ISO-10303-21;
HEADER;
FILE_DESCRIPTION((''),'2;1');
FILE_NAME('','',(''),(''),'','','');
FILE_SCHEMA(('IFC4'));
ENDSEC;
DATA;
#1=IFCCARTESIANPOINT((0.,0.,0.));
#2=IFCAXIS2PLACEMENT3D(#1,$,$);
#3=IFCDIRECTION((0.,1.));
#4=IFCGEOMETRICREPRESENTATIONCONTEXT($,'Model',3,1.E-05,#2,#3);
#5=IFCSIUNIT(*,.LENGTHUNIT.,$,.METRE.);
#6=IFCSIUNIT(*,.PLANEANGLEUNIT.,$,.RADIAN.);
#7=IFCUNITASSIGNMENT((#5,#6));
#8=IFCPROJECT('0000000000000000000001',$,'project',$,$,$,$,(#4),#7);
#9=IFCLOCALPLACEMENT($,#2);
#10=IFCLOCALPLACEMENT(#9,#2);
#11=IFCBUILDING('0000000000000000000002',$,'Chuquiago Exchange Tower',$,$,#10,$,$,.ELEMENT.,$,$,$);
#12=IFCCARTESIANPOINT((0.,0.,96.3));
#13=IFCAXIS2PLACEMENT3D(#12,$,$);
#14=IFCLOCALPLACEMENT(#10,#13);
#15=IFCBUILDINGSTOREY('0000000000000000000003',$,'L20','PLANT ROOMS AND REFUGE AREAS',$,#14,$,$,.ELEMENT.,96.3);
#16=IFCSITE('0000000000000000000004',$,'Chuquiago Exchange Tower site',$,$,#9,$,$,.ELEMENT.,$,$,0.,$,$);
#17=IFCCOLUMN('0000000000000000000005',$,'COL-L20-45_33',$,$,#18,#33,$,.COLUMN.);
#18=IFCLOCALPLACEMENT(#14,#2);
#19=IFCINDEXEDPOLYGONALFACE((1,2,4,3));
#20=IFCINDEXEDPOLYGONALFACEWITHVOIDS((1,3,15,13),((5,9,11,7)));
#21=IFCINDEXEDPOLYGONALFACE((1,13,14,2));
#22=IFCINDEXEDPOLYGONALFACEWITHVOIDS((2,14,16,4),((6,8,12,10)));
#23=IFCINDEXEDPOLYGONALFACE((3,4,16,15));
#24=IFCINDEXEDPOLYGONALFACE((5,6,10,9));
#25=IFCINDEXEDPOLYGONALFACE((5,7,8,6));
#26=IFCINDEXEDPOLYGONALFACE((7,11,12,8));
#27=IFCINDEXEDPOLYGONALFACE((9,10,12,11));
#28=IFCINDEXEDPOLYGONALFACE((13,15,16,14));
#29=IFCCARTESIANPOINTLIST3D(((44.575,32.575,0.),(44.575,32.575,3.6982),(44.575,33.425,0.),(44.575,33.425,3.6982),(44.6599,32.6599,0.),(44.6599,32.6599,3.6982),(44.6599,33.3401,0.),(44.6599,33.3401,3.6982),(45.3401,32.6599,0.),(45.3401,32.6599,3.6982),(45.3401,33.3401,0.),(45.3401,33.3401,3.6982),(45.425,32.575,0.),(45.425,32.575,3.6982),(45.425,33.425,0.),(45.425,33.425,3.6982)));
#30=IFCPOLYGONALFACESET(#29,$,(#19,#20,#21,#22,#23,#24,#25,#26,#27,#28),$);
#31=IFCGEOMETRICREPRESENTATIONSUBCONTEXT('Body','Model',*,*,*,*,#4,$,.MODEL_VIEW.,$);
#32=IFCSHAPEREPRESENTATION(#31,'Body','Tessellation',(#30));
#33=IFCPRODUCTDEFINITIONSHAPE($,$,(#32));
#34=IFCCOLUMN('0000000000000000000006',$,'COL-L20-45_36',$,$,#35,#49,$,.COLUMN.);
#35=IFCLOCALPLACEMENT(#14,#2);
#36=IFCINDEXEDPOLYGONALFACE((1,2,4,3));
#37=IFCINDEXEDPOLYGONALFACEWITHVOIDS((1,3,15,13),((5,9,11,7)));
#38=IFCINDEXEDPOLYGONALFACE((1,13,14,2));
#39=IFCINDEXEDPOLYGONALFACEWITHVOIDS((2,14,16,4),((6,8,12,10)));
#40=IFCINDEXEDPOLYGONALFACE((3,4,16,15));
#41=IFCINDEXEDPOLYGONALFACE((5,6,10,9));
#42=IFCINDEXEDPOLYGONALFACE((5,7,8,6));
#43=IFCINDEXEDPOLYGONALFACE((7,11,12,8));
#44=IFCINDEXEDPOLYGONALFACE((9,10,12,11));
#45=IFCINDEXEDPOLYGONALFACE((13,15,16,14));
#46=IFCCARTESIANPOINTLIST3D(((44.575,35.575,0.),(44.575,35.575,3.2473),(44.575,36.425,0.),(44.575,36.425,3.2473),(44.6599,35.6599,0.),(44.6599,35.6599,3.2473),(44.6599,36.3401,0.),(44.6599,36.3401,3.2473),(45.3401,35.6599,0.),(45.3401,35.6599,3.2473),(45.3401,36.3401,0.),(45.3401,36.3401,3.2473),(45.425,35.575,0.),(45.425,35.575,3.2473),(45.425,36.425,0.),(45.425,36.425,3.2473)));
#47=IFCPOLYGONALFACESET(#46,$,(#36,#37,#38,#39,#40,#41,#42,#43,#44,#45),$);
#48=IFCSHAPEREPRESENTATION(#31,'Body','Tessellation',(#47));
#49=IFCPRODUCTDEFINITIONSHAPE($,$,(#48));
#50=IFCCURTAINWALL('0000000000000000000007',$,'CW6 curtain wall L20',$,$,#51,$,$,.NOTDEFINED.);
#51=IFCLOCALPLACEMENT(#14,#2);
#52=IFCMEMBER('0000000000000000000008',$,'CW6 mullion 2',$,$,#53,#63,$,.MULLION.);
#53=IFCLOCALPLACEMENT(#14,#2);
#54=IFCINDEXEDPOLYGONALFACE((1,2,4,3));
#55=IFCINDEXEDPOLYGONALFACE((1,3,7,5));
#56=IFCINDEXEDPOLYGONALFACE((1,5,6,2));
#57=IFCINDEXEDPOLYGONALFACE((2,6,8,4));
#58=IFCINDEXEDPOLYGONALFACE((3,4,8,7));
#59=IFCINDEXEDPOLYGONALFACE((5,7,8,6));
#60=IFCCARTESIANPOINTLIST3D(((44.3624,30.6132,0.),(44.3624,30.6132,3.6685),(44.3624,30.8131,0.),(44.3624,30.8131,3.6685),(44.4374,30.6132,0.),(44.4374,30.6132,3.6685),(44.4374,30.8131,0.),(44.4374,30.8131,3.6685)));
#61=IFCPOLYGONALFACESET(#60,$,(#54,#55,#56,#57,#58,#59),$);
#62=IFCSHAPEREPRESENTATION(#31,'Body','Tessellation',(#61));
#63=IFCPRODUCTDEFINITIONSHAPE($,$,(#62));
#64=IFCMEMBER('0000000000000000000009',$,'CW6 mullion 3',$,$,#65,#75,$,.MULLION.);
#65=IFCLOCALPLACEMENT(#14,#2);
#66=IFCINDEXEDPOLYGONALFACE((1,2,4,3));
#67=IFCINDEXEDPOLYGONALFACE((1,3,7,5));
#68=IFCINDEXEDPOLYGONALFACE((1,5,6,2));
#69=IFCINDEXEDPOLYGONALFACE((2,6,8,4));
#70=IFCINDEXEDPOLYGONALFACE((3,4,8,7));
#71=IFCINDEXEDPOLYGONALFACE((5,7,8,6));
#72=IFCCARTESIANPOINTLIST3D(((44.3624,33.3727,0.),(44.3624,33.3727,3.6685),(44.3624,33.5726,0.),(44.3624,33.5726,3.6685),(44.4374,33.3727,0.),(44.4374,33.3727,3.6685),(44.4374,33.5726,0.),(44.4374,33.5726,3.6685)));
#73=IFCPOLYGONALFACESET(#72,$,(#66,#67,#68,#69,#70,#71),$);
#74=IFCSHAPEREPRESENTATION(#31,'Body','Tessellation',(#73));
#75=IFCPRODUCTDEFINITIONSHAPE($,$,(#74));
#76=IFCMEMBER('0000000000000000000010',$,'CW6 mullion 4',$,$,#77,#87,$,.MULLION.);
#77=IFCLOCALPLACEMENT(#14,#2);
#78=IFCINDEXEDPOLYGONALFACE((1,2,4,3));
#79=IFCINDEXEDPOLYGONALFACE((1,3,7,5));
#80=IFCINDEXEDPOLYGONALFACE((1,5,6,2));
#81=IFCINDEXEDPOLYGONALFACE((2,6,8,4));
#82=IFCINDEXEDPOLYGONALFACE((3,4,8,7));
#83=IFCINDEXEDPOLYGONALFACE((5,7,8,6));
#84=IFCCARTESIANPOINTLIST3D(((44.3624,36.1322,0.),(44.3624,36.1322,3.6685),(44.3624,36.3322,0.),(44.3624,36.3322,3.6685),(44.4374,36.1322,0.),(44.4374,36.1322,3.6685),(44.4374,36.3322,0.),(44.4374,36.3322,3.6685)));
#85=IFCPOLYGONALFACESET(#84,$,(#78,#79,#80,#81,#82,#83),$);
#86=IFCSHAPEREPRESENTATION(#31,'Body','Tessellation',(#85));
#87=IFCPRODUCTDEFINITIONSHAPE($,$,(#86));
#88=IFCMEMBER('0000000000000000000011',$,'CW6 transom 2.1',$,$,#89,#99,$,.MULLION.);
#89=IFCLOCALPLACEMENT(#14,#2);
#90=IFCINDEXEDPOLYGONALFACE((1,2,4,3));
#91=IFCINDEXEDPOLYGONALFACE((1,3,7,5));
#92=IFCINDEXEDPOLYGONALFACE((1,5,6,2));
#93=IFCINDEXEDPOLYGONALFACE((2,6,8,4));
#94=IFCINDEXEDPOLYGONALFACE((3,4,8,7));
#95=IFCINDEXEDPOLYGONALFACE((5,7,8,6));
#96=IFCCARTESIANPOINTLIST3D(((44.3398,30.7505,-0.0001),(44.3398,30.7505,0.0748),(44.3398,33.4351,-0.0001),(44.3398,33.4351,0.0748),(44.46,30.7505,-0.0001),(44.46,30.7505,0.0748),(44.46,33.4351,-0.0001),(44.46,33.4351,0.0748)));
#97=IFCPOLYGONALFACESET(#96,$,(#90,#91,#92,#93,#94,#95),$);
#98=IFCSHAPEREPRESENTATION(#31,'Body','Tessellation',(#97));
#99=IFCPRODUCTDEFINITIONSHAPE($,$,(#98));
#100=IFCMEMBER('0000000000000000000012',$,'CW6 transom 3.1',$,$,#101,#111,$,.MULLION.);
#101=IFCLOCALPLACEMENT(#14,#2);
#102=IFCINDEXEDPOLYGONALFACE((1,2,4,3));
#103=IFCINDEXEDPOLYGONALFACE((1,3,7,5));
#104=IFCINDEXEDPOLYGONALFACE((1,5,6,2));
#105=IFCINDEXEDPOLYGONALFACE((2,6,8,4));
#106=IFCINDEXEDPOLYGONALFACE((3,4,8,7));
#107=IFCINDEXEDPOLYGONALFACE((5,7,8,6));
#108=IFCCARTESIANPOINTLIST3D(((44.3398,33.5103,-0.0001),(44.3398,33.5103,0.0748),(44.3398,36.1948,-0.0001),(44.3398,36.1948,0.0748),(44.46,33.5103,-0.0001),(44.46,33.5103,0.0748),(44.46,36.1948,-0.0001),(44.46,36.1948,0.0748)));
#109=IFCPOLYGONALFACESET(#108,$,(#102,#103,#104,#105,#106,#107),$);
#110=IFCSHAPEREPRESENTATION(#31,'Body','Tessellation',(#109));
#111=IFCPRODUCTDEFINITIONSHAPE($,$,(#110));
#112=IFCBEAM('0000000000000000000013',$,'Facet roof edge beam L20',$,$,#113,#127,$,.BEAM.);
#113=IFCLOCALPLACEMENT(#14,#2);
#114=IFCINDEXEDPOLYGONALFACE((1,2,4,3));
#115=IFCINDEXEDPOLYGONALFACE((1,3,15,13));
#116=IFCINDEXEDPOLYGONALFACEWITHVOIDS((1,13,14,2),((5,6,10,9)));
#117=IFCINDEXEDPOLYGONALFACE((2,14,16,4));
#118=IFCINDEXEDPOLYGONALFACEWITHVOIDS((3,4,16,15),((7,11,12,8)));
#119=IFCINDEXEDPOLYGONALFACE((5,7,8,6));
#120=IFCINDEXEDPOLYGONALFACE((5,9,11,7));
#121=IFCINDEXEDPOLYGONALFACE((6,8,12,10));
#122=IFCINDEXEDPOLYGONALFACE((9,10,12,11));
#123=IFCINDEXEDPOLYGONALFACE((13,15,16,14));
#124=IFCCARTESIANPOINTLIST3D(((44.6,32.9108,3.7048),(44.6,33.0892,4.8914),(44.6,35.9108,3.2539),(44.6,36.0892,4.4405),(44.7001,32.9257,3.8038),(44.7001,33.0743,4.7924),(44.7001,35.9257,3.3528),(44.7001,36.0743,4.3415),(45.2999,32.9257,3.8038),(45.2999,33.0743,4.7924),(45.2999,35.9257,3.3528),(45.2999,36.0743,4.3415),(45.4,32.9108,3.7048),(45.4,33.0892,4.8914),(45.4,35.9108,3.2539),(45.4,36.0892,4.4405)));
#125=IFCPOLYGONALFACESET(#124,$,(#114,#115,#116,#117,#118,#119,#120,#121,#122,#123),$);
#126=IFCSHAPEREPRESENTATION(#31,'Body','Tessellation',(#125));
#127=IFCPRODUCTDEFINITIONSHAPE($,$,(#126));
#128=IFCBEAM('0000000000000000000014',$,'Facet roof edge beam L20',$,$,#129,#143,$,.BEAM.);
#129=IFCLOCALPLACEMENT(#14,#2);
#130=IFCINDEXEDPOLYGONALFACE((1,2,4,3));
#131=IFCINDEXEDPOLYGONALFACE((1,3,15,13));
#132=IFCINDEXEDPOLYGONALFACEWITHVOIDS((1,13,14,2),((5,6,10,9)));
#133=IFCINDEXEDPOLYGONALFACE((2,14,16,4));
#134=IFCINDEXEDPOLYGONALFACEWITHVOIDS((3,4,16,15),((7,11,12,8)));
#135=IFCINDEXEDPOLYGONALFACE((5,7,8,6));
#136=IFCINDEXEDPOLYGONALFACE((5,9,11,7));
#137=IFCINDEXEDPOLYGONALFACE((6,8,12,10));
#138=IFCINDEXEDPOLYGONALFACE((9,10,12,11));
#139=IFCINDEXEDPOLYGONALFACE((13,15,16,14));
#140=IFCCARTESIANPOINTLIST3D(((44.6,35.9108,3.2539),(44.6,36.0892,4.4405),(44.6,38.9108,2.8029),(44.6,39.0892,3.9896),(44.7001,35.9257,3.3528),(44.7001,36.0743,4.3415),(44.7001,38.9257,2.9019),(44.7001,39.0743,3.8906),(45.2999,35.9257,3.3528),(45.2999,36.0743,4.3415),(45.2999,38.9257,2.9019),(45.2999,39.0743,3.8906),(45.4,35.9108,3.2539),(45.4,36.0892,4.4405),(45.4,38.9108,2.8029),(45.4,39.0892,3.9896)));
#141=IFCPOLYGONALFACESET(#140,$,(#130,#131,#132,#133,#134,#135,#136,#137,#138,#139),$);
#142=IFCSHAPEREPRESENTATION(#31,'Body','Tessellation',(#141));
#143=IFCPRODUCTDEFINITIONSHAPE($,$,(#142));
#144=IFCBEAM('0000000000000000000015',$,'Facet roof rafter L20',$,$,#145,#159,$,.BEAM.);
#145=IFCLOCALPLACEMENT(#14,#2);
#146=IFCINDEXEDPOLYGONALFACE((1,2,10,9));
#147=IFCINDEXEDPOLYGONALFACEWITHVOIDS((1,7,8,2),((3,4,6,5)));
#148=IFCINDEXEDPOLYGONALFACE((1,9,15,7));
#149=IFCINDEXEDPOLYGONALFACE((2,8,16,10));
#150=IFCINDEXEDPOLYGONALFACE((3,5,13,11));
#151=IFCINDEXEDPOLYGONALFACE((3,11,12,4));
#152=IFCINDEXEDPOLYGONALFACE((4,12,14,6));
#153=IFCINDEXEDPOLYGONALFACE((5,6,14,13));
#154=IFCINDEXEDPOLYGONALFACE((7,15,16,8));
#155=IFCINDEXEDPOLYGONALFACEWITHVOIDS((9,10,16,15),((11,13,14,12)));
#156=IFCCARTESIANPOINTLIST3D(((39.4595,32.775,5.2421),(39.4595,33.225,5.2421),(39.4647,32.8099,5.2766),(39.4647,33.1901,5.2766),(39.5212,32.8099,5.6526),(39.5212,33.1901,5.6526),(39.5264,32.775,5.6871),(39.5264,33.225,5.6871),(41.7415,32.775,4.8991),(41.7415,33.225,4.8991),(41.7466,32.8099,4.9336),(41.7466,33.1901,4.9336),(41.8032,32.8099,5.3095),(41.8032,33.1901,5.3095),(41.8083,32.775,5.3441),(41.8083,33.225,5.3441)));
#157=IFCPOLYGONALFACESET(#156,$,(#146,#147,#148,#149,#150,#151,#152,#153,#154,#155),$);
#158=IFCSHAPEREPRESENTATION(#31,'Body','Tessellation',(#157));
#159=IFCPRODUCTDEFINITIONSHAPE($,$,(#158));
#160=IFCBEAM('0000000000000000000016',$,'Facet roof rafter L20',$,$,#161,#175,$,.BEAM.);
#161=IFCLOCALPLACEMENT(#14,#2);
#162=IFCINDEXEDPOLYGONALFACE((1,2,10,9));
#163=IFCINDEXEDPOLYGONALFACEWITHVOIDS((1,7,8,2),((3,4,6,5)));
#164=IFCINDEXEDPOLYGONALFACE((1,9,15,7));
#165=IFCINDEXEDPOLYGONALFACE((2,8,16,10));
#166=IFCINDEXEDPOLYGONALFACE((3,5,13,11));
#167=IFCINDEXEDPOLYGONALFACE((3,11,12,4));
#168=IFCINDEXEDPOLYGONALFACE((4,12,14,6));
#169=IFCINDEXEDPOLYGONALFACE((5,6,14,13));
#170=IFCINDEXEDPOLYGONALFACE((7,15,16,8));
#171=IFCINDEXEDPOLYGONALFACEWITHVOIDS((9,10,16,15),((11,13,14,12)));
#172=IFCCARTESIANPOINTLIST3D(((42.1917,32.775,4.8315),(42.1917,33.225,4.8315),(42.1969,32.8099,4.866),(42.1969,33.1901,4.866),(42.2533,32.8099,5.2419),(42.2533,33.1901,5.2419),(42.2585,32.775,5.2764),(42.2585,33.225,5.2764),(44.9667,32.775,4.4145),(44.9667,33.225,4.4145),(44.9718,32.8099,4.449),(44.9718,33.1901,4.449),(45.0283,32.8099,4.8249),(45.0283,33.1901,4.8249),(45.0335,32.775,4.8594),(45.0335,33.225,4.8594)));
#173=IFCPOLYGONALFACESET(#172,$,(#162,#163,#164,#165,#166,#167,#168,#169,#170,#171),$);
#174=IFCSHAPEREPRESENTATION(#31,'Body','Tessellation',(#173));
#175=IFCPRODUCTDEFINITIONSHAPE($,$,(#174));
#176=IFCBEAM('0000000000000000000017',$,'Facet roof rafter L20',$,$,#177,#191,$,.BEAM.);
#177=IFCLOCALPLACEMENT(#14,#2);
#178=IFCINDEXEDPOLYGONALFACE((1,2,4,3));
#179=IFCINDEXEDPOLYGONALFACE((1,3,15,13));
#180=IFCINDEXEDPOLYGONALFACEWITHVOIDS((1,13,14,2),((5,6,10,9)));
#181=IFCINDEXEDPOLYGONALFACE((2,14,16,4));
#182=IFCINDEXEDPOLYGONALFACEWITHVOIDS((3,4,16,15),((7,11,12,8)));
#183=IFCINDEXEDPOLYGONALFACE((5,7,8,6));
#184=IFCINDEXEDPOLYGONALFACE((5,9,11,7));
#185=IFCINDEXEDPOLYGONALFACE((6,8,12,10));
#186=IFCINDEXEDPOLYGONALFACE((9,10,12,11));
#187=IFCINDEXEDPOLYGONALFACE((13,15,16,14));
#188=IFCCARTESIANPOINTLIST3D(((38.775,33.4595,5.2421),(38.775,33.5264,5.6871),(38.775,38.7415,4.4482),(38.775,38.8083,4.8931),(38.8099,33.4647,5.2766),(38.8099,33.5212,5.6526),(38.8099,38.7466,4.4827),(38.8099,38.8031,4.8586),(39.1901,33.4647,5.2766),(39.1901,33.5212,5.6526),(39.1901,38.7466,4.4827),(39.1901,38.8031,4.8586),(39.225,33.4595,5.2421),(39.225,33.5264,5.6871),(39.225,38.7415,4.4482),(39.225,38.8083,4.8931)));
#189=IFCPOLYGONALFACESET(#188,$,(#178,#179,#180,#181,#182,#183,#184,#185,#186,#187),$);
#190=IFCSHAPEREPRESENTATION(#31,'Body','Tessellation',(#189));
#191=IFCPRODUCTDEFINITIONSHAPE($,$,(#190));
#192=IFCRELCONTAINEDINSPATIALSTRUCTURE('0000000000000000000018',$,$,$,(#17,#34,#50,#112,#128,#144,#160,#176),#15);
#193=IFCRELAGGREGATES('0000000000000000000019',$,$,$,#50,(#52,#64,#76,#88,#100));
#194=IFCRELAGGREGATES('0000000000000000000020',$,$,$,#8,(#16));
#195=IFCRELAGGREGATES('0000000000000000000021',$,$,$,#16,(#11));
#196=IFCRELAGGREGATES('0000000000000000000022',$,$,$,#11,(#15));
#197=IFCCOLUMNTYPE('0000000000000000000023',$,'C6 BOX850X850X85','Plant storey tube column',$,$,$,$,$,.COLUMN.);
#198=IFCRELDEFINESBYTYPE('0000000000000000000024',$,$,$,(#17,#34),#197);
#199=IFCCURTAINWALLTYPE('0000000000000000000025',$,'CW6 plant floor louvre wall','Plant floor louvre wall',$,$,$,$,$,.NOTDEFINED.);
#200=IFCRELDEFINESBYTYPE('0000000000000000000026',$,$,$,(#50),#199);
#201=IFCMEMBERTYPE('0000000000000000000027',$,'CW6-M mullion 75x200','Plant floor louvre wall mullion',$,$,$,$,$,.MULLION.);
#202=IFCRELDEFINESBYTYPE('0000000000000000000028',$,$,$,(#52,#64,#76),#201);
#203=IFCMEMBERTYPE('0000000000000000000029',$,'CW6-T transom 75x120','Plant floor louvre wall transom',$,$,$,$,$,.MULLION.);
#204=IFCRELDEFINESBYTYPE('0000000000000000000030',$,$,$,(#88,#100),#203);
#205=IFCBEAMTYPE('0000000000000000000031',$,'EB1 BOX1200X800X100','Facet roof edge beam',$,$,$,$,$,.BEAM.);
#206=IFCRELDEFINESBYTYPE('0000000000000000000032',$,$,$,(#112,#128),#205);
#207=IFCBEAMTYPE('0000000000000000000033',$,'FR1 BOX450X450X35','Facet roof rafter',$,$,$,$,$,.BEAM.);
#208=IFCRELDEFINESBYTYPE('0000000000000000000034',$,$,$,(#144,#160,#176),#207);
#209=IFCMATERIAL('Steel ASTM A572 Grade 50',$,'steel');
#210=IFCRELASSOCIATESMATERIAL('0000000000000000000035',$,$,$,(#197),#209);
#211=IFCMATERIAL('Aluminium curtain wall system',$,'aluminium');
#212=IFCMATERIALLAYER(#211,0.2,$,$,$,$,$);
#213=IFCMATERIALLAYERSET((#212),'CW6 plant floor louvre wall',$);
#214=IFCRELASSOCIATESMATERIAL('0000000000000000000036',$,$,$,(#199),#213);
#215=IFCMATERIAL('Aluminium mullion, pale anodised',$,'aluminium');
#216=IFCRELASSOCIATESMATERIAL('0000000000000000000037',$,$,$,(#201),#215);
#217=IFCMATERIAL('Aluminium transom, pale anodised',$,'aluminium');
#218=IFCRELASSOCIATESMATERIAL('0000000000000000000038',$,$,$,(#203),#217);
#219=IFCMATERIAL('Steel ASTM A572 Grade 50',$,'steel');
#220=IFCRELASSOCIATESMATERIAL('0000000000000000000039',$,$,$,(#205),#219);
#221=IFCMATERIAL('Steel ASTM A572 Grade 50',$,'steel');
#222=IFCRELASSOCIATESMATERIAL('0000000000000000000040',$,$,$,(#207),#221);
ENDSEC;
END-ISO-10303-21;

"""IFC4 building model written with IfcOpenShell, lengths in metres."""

from ifc_helpers import new_model, si_unit, direction, frame, origin, origin_2d, place, context, subcontext, project, spatial, rectangle, hollow_rectangle, extrude, material, layer, layer_set, material_profile, profile_set, type_object, element, aggregate, save


model = new_model("IFC4")

# Units and contexts
model_context = context("Model", 3, precision=1e-05, world=origin(), true_north=direction((0.0, 1.0)))
body_context = subcontext(model_context, "Body", "Model", "MODEL_VIEW")
ifc_project = project(units=[si_unit("LENGTHUNIT", "METRE"), si_unit("PLANEANGLEUNIT", "RADIAN")], contexts=[model_context])

# Site, building, storey
site_placement = place(None, origin())
site = spatial("IfcSite", under=ifc_project, at=site_placement, Name="Chuquiago Exchange Tower site", CompositionType="ELEMENT", RefElevation=0.0)
building_placement = place(site_placement, origin())
building = spatial("IfcBuilding", under=site, at=building_placement, Name="Chuquiago Exchange Tower", CompositionType="ELEMENT")
storey_placement = place(building_placement, frame((0.0, 0.0, 96.3)))
storey = spatial("IfcBuildingStorey", under=building, at=storey_placement, Name="L20", Description="PLANT ROOMS AND REFUGE AREAS", CompositionType="ELEMENT", Elevation=96.3)

# Columns
ifc_material_1 = material(Name="Steel ASTM A572 Grade 50", Category="steel")
ifc_material_profile_1 = material_profile(ifc_material_1, hollow_rectangle(XDim=0.8501, YDim=0.8501, WallThickness=0.085, at=origin_2d()), Name="BOX850X850X85")
ifc_profile_set_1 = profile_set([ifc_material_profile_1], Name="Steel ASTM A572 Grade 50")
column_type = type_object("IfcColumnType", Name="C6 BOX850X850X85", Description="Plant storey tube column", PredefinedType="COLUMN", material=ifc_profile_set_1)
column_1_placement = place(storey_placement, frame((45.0, 33.0, 0.0), z_axis=(0.0, 0.0, 1.0), x_axis=(1.0, 0.0, 0.0)))
element("IfcColumn", 1, at=column_1_placement, inside=storey, type_object=column_type, Name="COL-L20-45_33", PredefinedType="COLUMN", context=body_context, shape_type="SweptSolid", body=[
    extrude(hollow_rectangle(XDim=0.8501, YDim=0.8501, WallThickness=0.085, at=origin_2d()), origin(), (0.0, 0.0, 1.0), 3.6982),
])
column_2_placement = place(storey_placement, frame((45.0, 36.0, 0.0), z_axis=(0.0, 0.0, 1.0), x_axis=(1.0, 0.0, 0.0)))
element("IfcColumn", 2, at=column_2_placement, inside=storey, type_object=column_type, Name="COL-L20-45_36", PredefinedType="COLUMN", context=body_context, shape_type="SweptSolid", body=[
    extrude(hollow_rectangle(XDim=0.8501, YDim=0.8501, WallThickness=0.085, at=origin_2d()), origin(), (0.0, 0.0, 1.0), 3.2473),
])

# Curtain wall, members
ifc_material_2 = material(Name="Aluminium curtain wall system", Category="aluminium")
ifc_layer_1 = layer(ifc_material_2, 0.2)
ifc_layer_set_1 = layer_set([ifc_layer_1], Name="CW6 plant floor louvre wall")
curtain_wall_type = type_object("IfcCurtainWallType", Name="CW6 plant floor louvre wall", Description="Plant floor louvre wall", PredefinedType="NOTDEFINED", material=ifc_layer_set_1)
curtain_wall_placement = place(storey_placement, origin())
curtain_wall = element("IfcCurtainWall", 3, at=curtain_wall_placement, inside=storey, type_object=curtain_wall_type, Name="CW6 curtain wall L20", PredefinedType="NOTDEFINED")
ifc_material_3 = material(Name="Aluminium mullion, pale anodised", Category="aluminium")
ifc_material_profile_2 = material_profile(ifc_material_3, rectangle(XDim=0.075, YDim=0.2, at=origin_2d()), Name="AL 75x200")
ifc_profile_set_2 = profile_set([ifc_material_profile_2], Name="Aluminium mullion, pale anodised")
member_type_1 = type_object("IfcMemberType", Name="CW6-M mullion 75x200", Description="Plant floor louvre wall mullion", PredefinedType="MULLION", material=ifc_profile_set_2)
member_1_placement = place(storey_placement, frame((44.3999, 30.7131, 0.0), z_axis=(0.0, 0.0, 1.0), x_axis=(-1.0, 0.0, 0.0)))
member_1 = element("IfcMember", 4, at=member_1_placement, type_object=member_type_1, Name="CW6 mullion 2", PredefinedType="MULLION", context=body_context, shape_type="SweptSolid", body=[
    extrude(rectangle(XDim=0.075, YDim=0.2, at=origin_2d()), origin(), (0.0, 0.0, 1.0), 3.6685),
])
member_2_placement = place(storey_placement, frame((44.3999, 33.4727, 0.0), z_axis=(0.0, 0.0, 1.0), x_axis=(-1.0, 0.0, 0.0)))
member_2 = element("IfcMember", 5, at=member_2_placement, type_object=member_type_1, Name="CW6 mullion 3", PredefinedType="MULLION", context=body_context, shape_type="SweptSolid", body=[
    extrude(rectangle(XDim=0.075, YDim=0.2, at=origin_2d()), origin(), (0.0, 0.0, 1.0), 3.6685),
])
member_3_placement = place(storey_placement, frame((44.3999, 36.2322, 0.0), z_axis=(0.0, 0.0, 1.0), x_axis=(-1.0, 0.0, 0.0)))
member_3 = element("IfcMember", 6, at=member_3_placement, type_object=member_type_1, Name="CW6 mullion 4", PredefinedType="MULLION", context=body_context, shape_type="SweptSolid", body=[
    extrude(rectangle(XDim=0.075, YDim=0.2, at=origin_2d()), origin(), (0.0, 0.0, 1.0), 3.6685),
])
ifc_material_4 = material(Name="Aluminium transom, pale anodised", Category="aluminium")
ifc_material_profile_3 = material_profile(ifc_material_4, rectangle(XDim=0.1201, YDim=0.075, at=origin_2d()), Name="AL 120x75")
ifc_profile_set_3 = profile_set([ifc_material_profile_3], Name="Aluminium transom, pale anodised")
member_type_2 = type_object("IfcMemberType", Name="CW6-T transom 75x120", Description="Plant floor louvre wall transom", PredefinedType="MULLION", material=ifc_profile_set_3)
member_4_placement = place(storey_placement, frame((44.3999, 30.7505, 0.0374), z_axis=(0.0, 1.0, 0.0), x_axis=(-1.0, 0.0, 0.0)))
member_4 = element("IfcMember", 7, at=member_4_placement, type_object=member_type_2, Name="CW6 transom 2.1", PredefinedType="MULLION", context=body_context, shape_type="SweptSolid", body=[
    extrude(rectangle(XDim=0.1201, YDim=0.075, at=origin_2d()), origin(), (0.0, 0.0, 1.0), 2.6846),
])
member_5_placement = place(storey_placement, frame((44.3999, 33.5103, 0.0374), z_axis=(0.0, 1.0, 0.0), x_axis=(-1.0, 0.0, 0.0)))
member_5 = element("IfcMember", 8, at=member_5_placement, type_object=member_type_2, Name="CW6 transom 3.1", PredefinedType="MULLION", context=body_context, shape_type="SweptSolid", body=[
    extrude(rectangle(XDim=0.1201, YDim=0.075, at=origin_2d()), origin(), (0.0, 0.0, 1.0), 2.6846),
])

# Beams
ifc_material_5 = material(Name="Steel ASTM A572 Grade 50", Category="steel")
ifc_material_profile_4 = material_profile(ifc_material_5, hollow_rectangle(XDim=0.8, YDim=1.2, WallThickness=0.1001, at=origin_2d()), Name="BOX1200X800X100")
ifc_profile_set_4 = profile_set([ifc_material_profile_4], Name="Steel ASTM A572 Grade 50")
beam_type_1 = type_object("IfcBeamType", Name="EB1 BOX1200X800X100", Description="Facet roof edge beam", PredefinedType="BEAM", material=ifc_profile_set_4)
for number, where, z_axis, x_axis, name in (
    (9, (45.0, 33.0, 4.2981), (0.0, 0.988891, -0.14864), (-1.0, 0.0, 0.0), "Facet roof edge beam L20"),
    (10, (45.0, 36.0, 3.8472), (0.0, 0.988891, -0.14864), (-1.0, 0.0, 0.0), "Facet roof edge beam L20"),
):
    element("IfcBeam", number, at=place(storey_placement, frame(where, z_axis=z_axis, x_axis=x_axis)), inside=storey, type_object=beam_type_1, Name=name, PredefinedType="BEAM", context=body_context, shape_type="SweptSolid", body=[
        extrude(hollow_rectangle(XDim=0.8, YDim=1.2, WallThickness=0.1001, at=origin_2d()), origin(), (0.0, 0.0, 1.0), 3.0337),
    ])
ifc_material_6 = material(Name="Steel ASTM A572 Grade 50", Category="steel")
ifc_material_profile_5 = material_profile(ifc_material_6, hollow_rectangle(XDim=0.45, YDim=0.45, WallThickness=0.0349, at=origin_2d()), Name="BOX450X450X35")
ifc_profile_set_5 = profile_set([ifc_material_profile_5], Name="Steel ASTM A572 Grade 50")
beam_type_2 = type_object("IfcBeamType", Name="FR1 BOX450X450X35", Description="Facet roof rafter", PredefinedType="BEAM", material=ifc_profile_set_5)
beam_1_placement = place(storey_placement, frame((39.4929, 33.0, 5.4646), z_axis=(0.988891, 0.0, -0.148646), x_axis=(0.0, 1.0, 0.0)))
element("IfcBeam", 11, at=beam_1_placement, inside=storey, type_object=beam_type_2, Name="Facet roof rafter L20", PredefinedType="BEAM", context=body_context, shape_type="SweptSolid", body=[
    extrude(hollow_rectangle(XDim=0.45, YDim=0.45, WallThickness=0.0349, at=origin_2d()), origin(), (0.0, 0.0, 1.0), 2.3076),
])
beam_2_placement = place(storey_placement, frame((42.2251, 33.0, 5.054), z_axis=(0.988897, 0.0, -0.148604), x_axis=(0.0, 1.0, 0.0)))
element("IfcBeam", 12, at=beam_2_placement, inside=storey, type_object=beam_type_2, Name="Facet roof rafter L20", PredefinedType="BEAM", context=body_context, shape_type="SweptSolid", body=[
    extrude(hollow_rectangle(XDim=0.45, YDim=0.45, WallThickness=0.0349, at=origin_2d()), origin(), (0.0, 0.0, 1.0), 2.8062),
])
beam_3_placement = place(storey_placement, frame((39.0, 33.4929, 5.4646), z_axis=(0.0, 0.988891, -0.148642), x_axis=(-1.0, 0.0, 0.0)))
element("IfcBeam", 13, at=beam_3_placement, inside=storey, type_object=beam_type_2, Name="Facet roof rafter L20", PredefinedType="BEAM", context=body_context, shape_type="SweptSolid", body=[
    extrude(hollow_rectangle(XDim=0.45, YDim=0.45, WallThickness=0.0349, at=origin_2d()), origin(), (0.0, 0.0, 1.0), 5.3413),
])

aggregate(curtain_wall, [member_1, member_2, member_3, member_4, member_5])

save(model, "model.ifc")
